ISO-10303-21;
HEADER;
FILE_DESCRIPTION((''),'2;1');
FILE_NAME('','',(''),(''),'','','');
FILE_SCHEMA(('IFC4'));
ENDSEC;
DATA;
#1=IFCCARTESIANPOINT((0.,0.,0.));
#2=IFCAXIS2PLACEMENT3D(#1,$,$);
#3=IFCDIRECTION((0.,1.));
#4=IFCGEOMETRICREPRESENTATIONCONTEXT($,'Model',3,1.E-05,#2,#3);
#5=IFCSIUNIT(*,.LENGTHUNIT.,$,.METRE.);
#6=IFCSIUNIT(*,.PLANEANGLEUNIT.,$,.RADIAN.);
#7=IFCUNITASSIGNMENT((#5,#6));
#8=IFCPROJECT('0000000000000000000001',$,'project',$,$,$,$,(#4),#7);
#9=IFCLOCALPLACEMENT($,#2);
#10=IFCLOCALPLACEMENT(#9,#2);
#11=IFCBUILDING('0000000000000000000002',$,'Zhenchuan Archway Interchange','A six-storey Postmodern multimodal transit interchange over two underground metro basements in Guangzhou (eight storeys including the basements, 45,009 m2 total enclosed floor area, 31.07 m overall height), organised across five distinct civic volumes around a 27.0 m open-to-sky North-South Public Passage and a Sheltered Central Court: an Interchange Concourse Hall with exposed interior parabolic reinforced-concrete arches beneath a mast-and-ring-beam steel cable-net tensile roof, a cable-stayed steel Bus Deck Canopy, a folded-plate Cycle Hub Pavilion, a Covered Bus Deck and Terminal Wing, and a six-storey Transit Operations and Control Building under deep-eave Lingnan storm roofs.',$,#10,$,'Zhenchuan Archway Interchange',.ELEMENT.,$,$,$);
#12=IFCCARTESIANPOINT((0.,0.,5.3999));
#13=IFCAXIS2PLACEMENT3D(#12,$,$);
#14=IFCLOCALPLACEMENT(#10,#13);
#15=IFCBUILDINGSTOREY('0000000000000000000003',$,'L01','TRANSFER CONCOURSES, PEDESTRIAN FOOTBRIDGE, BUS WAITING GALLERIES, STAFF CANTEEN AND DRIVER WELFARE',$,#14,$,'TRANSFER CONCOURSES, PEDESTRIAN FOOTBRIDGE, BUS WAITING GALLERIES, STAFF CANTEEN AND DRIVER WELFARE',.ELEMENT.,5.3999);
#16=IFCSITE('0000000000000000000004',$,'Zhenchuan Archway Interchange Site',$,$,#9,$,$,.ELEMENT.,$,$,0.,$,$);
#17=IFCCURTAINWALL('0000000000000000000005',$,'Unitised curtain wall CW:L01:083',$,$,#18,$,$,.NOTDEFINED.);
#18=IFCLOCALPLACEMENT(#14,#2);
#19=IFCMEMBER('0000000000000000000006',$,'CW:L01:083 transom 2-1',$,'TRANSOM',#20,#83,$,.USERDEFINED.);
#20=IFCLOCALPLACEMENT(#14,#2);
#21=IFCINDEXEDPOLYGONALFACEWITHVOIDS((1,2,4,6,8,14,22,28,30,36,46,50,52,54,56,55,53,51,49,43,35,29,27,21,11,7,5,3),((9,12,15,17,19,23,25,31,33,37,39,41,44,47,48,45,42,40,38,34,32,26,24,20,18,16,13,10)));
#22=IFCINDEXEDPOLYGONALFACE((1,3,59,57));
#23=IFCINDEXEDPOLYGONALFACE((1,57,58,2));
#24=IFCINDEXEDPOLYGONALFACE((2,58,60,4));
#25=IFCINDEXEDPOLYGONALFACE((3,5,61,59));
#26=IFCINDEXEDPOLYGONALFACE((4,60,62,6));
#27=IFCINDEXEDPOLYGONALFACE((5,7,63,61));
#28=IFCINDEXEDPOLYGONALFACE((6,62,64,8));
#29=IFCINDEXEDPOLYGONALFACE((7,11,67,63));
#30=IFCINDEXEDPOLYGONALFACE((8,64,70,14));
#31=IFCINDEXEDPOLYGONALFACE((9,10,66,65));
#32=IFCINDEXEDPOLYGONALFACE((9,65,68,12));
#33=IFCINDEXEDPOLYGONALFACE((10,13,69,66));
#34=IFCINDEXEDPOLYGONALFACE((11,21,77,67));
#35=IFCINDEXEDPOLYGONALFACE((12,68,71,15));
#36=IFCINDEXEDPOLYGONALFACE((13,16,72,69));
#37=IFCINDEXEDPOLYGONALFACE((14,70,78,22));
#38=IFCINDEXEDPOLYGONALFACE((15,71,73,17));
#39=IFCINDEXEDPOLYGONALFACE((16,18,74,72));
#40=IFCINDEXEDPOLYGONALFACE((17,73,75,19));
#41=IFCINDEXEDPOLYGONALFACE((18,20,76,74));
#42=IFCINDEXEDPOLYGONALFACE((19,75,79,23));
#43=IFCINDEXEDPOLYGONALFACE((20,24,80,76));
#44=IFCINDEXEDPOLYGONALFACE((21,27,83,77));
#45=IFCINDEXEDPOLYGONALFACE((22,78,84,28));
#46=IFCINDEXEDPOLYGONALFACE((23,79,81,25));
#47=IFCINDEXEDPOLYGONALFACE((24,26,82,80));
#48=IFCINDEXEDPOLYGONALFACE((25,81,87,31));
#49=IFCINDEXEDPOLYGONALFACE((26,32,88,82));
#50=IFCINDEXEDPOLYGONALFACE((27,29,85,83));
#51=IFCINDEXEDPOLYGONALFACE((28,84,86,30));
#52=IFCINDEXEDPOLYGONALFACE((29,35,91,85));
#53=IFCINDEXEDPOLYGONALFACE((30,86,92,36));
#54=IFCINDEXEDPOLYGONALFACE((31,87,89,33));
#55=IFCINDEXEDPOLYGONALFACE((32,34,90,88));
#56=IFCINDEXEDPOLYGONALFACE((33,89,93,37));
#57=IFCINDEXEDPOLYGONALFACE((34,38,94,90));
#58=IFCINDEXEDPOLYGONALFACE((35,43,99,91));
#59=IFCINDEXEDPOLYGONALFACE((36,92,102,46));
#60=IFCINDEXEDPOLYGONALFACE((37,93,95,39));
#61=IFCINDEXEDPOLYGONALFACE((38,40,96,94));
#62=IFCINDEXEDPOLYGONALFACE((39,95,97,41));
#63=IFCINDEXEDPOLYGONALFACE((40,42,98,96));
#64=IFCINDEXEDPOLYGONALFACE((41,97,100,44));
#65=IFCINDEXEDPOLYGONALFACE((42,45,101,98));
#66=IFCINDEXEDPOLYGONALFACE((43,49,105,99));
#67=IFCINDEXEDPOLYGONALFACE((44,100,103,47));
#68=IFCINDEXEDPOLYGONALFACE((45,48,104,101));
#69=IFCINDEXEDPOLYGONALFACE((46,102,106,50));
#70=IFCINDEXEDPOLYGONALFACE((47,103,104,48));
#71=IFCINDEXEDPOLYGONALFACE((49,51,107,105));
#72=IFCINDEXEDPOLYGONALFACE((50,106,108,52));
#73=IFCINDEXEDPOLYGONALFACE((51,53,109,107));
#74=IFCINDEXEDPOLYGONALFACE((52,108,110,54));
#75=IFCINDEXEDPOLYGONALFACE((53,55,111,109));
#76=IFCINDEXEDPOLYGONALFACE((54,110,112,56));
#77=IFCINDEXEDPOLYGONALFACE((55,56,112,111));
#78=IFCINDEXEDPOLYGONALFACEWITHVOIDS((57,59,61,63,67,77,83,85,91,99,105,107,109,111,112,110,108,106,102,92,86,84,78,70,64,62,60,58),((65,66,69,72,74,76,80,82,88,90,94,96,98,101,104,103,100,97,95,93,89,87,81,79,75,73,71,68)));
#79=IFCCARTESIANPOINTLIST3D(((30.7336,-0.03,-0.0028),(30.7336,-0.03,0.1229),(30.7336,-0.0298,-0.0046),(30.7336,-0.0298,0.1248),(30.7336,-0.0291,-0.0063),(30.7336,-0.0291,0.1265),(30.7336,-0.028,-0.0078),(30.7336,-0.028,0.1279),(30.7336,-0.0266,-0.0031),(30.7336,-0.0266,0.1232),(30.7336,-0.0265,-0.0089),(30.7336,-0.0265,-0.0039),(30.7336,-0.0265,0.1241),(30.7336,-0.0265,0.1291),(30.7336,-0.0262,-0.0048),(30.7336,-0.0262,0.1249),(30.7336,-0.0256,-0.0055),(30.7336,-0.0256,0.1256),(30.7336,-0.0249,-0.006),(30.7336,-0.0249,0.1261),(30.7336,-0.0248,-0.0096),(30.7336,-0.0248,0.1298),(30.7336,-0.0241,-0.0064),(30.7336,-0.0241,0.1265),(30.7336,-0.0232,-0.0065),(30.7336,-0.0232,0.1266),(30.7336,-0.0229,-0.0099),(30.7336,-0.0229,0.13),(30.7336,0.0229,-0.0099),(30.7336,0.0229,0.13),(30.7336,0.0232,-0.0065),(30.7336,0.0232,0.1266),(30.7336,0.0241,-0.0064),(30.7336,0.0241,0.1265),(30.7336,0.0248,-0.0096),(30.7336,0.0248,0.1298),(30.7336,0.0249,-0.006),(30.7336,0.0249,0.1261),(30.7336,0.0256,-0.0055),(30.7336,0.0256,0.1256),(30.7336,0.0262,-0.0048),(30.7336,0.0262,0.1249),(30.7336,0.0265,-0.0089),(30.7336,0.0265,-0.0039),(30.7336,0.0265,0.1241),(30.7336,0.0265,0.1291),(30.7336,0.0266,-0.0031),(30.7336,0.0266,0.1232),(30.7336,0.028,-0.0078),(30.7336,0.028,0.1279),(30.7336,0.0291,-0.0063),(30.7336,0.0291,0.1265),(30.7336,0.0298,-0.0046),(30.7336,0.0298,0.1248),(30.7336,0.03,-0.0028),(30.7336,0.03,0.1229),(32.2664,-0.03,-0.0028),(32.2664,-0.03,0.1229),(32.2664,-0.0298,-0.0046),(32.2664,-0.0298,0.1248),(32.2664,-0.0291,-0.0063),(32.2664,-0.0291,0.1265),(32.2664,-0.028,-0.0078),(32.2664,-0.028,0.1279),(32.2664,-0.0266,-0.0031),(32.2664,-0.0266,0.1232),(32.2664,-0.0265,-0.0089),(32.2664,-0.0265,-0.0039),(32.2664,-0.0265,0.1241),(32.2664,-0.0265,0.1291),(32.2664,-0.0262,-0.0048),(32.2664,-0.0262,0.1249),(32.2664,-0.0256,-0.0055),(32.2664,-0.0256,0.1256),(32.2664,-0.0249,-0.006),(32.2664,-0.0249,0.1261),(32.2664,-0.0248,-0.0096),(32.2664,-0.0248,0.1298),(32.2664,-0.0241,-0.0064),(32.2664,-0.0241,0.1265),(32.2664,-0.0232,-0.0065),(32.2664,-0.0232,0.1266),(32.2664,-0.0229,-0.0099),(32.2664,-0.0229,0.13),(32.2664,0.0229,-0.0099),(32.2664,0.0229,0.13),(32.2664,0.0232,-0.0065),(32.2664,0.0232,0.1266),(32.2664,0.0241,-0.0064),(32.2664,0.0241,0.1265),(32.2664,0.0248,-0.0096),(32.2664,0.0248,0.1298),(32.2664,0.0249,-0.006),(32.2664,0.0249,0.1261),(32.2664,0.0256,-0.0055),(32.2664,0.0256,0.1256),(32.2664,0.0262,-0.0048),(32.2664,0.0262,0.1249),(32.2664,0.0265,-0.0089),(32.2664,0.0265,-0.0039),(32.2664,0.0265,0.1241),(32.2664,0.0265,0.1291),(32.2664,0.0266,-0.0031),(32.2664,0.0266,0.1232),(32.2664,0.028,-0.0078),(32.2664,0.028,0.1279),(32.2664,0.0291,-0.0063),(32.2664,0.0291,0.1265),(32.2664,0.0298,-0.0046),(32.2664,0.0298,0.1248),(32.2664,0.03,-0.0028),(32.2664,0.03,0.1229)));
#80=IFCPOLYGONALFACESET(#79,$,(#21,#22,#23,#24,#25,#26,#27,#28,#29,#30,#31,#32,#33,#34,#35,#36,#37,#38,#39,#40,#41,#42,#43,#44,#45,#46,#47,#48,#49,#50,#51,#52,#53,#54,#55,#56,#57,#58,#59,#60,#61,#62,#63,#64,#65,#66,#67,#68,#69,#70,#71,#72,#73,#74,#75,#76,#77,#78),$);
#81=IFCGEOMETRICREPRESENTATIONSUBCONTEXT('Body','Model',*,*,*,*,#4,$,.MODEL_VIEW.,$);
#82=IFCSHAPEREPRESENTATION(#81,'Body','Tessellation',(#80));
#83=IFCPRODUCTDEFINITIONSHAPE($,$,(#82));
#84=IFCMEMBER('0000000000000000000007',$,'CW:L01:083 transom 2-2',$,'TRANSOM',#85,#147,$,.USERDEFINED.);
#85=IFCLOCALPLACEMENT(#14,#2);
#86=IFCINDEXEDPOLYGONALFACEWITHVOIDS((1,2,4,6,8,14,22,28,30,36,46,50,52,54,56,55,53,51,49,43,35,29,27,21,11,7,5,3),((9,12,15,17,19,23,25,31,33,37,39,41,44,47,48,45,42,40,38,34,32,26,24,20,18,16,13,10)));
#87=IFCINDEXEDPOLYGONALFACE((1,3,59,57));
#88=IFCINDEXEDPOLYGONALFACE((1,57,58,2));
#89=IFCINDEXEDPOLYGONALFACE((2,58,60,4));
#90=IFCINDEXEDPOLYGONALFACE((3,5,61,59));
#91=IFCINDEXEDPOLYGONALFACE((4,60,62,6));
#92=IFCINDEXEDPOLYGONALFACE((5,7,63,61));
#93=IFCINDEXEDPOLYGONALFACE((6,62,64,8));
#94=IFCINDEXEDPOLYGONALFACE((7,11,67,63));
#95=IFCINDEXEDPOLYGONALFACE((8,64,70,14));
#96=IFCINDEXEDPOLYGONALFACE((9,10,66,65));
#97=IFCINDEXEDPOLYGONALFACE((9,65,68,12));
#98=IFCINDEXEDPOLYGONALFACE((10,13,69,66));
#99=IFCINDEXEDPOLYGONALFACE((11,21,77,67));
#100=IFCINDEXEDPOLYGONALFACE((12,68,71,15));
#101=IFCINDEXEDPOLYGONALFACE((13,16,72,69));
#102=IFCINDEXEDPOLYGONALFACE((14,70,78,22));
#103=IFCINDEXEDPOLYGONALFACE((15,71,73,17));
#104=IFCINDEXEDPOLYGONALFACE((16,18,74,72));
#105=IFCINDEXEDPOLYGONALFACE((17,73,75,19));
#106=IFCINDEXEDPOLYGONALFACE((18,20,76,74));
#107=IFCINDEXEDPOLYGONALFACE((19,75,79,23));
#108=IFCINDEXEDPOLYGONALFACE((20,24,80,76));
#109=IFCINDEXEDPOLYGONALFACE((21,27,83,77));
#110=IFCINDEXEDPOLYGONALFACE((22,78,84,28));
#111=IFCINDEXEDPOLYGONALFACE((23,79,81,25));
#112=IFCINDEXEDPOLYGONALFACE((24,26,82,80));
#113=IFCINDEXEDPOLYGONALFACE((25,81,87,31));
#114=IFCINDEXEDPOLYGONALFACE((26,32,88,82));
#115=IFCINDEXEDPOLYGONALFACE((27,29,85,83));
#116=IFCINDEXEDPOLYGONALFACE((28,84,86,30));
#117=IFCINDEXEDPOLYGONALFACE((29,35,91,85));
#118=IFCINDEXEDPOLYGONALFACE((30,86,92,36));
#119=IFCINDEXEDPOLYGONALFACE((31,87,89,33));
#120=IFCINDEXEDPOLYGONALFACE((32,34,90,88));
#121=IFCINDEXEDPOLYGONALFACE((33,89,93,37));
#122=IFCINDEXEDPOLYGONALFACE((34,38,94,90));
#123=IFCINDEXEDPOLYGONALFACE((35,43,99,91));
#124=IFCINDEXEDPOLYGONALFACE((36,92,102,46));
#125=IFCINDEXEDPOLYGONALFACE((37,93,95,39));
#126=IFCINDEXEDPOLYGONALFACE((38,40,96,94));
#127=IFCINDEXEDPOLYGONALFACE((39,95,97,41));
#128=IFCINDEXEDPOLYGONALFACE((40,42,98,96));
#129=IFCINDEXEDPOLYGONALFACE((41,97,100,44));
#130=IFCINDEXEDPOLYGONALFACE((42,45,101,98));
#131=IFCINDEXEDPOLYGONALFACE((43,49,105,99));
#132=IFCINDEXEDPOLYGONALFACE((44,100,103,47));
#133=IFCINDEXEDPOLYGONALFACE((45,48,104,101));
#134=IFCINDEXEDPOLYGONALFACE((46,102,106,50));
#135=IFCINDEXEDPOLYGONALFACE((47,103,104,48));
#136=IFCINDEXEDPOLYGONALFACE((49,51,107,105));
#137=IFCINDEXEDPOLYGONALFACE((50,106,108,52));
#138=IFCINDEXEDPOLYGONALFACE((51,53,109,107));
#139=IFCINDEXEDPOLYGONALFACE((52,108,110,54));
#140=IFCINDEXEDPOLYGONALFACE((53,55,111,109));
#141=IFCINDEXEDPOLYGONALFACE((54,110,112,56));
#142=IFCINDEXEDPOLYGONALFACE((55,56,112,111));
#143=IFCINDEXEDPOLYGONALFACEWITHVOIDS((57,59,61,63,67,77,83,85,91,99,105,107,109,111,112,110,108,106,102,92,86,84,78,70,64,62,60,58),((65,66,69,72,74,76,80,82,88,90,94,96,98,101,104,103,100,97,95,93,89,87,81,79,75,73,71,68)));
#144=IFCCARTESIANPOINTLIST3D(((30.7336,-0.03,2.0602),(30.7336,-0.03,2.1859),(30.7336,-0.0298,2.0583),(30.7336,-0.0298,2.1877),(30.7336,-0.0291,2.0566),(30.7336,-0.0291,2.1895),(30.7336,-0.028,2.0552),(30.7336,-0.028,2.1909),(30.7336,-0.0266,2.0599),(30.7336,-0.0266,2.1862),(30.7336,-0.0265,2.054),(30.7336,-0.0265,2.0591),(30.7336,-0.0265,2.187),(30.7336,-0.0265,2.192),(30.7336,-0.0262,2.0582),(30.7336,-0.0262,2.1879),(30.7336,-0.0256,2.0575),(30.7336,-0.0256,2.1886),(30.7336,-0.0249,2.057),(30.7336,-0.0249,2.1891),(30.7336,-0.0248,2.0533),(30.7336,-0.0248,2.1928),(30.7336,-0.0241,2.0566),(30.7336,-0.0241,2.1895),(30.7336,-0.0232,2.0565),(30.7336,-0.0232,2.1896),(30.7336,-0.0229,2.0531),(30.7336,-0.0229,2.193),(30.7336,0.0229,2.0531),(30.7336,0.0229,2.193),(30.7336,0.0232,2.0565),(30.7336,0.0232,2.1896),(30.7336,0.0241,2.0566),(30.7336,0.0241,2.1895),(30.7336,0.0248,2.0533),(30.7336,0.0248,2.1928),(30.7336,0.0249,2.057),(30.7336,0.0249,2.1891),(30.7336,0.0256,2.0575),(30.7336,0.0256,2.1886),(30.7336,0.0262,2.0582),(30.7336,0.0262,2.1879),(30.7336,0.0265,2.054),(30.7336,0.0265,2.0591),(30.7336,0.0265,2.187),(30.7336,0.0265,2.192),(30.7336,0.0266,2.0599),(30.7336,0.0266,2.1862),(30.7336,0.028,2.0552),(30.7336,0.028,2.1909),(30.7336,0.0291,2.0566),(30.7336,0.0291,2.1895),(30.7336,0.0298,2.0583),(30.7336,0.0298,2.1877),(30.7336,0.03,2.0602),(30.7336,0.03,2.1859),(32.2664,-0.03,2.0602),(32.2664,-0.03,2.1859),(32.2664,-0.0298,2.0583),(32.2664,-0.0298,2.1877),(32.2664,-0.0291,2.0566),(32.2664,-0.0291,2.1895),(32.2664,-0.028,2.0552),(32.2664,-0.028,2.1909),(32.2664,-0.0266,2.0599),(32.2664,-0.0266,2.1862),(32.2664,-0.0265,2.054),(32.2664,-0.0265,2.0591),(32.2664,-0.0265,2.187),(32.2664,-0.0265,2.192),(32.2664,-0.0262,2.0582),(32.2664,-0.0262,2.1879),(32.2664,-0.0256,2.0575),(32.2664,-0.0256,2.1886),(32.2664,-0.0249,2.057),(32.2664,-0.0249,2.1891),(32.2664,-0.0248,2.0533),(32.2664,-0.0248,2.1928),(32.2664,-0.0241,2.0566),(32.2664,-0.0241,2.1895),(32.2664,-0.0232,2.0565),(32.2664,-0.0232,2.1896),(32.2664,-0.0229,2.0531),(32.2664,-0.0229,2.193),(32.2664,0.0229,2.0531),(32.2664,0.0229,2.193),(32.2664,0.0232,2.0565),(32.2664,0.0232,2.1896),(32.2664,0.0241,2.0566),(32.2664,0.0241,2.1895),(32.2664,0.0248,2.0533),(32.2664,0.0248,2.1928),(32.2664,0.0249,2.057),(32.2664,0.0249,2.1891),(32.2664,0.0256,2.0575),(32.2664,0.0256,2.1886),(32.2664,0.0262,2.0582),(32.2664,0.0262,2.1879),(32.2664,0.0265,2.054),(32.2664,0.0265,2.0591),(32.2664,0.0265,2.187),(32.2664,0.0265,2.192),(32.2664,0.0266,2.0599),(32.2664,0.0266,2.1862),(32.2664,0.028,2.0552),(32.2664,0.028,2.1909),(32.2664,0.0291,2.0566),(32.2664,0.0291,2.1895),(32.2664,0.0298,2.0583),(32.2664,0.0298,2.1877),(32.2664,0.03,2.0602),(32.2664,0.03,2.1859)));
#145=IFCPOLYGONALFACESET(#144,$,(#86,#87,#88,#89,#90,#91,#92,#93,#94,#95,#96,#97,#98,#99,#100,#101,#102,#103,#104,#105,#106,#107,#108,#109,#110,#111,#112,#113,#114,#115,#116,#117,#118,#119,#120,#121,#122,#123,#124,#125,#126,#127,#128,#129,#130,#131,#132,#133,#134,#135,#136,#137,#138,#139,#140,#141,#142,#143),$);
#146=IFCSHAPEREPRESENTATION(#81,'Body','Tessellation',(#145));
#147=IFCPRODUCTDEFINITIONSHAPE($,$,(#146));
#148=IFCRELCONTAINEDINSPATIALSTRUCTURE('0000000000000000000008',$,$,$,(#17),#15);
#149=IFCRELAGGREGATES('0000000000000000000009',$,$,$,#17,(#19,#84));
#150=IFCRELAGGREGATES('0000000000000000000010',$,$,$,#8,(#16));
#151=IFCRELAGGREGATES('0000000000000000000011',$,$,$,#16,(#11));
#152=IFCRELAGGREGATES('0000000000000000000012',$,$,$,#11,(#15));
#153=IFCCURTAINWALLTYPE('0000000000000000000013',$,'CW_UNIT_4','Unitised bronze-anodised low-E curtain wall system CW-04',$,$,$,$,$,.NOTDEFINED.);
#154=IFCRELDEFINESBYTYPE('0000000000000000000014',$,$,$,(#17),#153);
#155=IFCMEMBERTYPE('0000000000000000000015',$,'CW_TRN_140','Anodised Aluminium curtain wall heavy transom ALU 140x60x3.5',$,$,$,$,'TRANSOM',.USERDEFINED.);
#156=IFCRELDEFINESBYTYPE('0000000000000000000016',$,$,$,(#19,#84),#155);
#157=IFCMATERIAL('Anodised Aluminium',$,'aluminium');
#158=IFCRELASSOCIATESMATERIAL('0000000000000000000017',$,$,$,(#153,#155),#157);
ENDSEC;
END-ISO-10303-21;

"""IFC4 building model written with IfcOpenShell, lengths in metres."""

from ifc_helpers import new_model, si_unit, direction, frame, origin, origin_2d, place, context, subcontext, project, spatial, hollow_rectangle, extrude, material, material_profile, profile_set, type_object, element, aggregate, save


model = new_model("IFC4")

# Units and contexts
model_context = context("Model", 3, precision=1e-05, world=origin(), true_north=direction((0.0, 1.0)))
body_context = subcontext(model_context, "Body", "Model", "MODEL_VIEW")
ifc_project = project(units=[si_unit("LENGTHUNIT", "METRE"), si_unit("PLANEANGLEUNIT", "RADIAN")], contexts=[model_context])

# Site, building, storey
site_placement = place(None, origin())
site = spatial("IfcSite", under=ifc_project, at=site_placement, Name="Zhenchuan Archway Interchange Site", CompositionType="ELEMENT", RefElevation=0.0)
building_placement = place(site_placement, origin())
building = spatial("IfcBuilding", under=site, at=building_placement, Name="Zhenchuan Archway Interchange", Description="A six-storey Postmodern multimodal transit interchange over two underground metro basements in Guangzhou (eight storeys including the basements, 45,009 m2 total enclosed floor area, 31.07 m overall height), organised across five distinct civic volumes around a 27.0 m open-to-sky North-South Public Passage and a Sheltered Central Court: an Interchange Concourse Hall with exposed interior parabolic reinforced-concrete arches beneath a mast-and-ring-beam steel cable-net tensile roof, a cable-stayed steel Bus Deck Canopy, a folded-plate Cycle Hub Pavilion, a Covered Bus Deck and Terminal Wing, and a six-storey Transit Operations and Control Building under deep-eave Lingnan storm roofs.", LongName="Zhenchuan Archway Interchange", CompositionType="ELEMENT")
storey_placement = place(building_placement, frame((0.0, 0.0, 5.3999)))
storey = spatial("IfcBuildingStorey", under=building, at=storey_placement, Name="L01", Description="TRANSFER CONCOURSES, PEDESTRIAN FOOTBRIDGE, BUS WAITING GALLERIES, STAFF CANTEEN AND DRIVER WELFARE", LongName="TRANSFER CONCOURSES, PEDESTRIAN FOOTBRIDGE, BUS WAITING GALLERIES, STAFF CANTEEN AND DRIVER WELFARE", CompositionType="ELEMENT", Elevation=5.3999)

# Curtain wall, members
ifc_material_1 = material(Name="Anodised Aluminium", Category="aluminium")
curtain_wall_type = type_object("IfcCurtainWallType", Name="CW_UNIT_4", Description="Unitised bronze-anodised low-E curtain wall system CW-04", PredefinedType="NOTDEFINED", material=ifc_material_1)
curtain_wall_placement = place(storey_placement, origin())
curtain_wall = element("IfcCurtainWall", 1, at=curtain_wall_placement, inside=storey, type_object=curtain_wall_type, Name="Unitised curtain wall CW:L01:083", PredefinedType="NOTDEFINED")
ifc_material_profile_1 = material_profile(ifc_material_1, hollow_rectangle(XDim=0.0601, YDim=0.1399, WallThickness=0.0034, InnerFilletRadius=0.0034, OuterFilletRadius=0.0071, at=origin_2d()), Name="ALU 140x60x3.5")
ifc_profile_set_1 = profile_set([ifc_material_profile_1], Name="Anodised Aluminium")
member_type_1 = type_object("IfcMemberType", Name="CW_TRN_140", Description="Anodised Aluminium curtain wall heavy transom ALU 140x60x3.5", ElementType="TRANSOM", PredefinedType="USERDEFINED", material=ifc_profile_set_1)
member_1_placement = place(storey_placement, frame((32.2664, 0.0, 0.0601), z_axis=(-1.0, 0.0, 0.0), x_axis=(0.0, -1.0, 0.0)))
member_1 = element("IfcMember", 2, at=member_1_placement, type_object=member_type_1, Name="CW:L01:083 transom 2-1", ObjectType="TRANSOM", PredefinedType="USERDEFINED", context=body_context, shape_type="SweptSolid", body=[
    extrude(hollow_rectangle(XDim=0.0601, YDim=0.1399, WallThickness=0.0034, InnerFilletRadius=0.0034, OuterFilletRadius=0.0071, at=origin_2d()), origin(), (0.0, 0.0, 1.0), 1.5327),
])
member_2_placement = place(storey_placement, frame((32.2664, 0.0, 2.123), z_axis=(-1.0, 0.0, 0.0), x_axis=(0.0, -1.0, 0.0)))
member_2 = element("IfcMember", 3, at=member_2_placement, type_object=member_type_1, Name="CW:L01:083 transom 2-2", ObjectType="TRANSOM", PredefinedType="USERDEFINED", context=body_context, shape_type="SweptSolid", body=[
    extrude(hollow_rectangle(XDim=0.0601, YDim=0.1399, WallThickness=0.0034, InnerFilletRadius=0.0034, OuterFilletRadius=0.0071, at=origin_2d()), origin(), (0.0, 0.0, 1.0), 1.5327),
])

aggregate(curtain_wall, [member_1, member_2])

save(model, "model.ifc")
